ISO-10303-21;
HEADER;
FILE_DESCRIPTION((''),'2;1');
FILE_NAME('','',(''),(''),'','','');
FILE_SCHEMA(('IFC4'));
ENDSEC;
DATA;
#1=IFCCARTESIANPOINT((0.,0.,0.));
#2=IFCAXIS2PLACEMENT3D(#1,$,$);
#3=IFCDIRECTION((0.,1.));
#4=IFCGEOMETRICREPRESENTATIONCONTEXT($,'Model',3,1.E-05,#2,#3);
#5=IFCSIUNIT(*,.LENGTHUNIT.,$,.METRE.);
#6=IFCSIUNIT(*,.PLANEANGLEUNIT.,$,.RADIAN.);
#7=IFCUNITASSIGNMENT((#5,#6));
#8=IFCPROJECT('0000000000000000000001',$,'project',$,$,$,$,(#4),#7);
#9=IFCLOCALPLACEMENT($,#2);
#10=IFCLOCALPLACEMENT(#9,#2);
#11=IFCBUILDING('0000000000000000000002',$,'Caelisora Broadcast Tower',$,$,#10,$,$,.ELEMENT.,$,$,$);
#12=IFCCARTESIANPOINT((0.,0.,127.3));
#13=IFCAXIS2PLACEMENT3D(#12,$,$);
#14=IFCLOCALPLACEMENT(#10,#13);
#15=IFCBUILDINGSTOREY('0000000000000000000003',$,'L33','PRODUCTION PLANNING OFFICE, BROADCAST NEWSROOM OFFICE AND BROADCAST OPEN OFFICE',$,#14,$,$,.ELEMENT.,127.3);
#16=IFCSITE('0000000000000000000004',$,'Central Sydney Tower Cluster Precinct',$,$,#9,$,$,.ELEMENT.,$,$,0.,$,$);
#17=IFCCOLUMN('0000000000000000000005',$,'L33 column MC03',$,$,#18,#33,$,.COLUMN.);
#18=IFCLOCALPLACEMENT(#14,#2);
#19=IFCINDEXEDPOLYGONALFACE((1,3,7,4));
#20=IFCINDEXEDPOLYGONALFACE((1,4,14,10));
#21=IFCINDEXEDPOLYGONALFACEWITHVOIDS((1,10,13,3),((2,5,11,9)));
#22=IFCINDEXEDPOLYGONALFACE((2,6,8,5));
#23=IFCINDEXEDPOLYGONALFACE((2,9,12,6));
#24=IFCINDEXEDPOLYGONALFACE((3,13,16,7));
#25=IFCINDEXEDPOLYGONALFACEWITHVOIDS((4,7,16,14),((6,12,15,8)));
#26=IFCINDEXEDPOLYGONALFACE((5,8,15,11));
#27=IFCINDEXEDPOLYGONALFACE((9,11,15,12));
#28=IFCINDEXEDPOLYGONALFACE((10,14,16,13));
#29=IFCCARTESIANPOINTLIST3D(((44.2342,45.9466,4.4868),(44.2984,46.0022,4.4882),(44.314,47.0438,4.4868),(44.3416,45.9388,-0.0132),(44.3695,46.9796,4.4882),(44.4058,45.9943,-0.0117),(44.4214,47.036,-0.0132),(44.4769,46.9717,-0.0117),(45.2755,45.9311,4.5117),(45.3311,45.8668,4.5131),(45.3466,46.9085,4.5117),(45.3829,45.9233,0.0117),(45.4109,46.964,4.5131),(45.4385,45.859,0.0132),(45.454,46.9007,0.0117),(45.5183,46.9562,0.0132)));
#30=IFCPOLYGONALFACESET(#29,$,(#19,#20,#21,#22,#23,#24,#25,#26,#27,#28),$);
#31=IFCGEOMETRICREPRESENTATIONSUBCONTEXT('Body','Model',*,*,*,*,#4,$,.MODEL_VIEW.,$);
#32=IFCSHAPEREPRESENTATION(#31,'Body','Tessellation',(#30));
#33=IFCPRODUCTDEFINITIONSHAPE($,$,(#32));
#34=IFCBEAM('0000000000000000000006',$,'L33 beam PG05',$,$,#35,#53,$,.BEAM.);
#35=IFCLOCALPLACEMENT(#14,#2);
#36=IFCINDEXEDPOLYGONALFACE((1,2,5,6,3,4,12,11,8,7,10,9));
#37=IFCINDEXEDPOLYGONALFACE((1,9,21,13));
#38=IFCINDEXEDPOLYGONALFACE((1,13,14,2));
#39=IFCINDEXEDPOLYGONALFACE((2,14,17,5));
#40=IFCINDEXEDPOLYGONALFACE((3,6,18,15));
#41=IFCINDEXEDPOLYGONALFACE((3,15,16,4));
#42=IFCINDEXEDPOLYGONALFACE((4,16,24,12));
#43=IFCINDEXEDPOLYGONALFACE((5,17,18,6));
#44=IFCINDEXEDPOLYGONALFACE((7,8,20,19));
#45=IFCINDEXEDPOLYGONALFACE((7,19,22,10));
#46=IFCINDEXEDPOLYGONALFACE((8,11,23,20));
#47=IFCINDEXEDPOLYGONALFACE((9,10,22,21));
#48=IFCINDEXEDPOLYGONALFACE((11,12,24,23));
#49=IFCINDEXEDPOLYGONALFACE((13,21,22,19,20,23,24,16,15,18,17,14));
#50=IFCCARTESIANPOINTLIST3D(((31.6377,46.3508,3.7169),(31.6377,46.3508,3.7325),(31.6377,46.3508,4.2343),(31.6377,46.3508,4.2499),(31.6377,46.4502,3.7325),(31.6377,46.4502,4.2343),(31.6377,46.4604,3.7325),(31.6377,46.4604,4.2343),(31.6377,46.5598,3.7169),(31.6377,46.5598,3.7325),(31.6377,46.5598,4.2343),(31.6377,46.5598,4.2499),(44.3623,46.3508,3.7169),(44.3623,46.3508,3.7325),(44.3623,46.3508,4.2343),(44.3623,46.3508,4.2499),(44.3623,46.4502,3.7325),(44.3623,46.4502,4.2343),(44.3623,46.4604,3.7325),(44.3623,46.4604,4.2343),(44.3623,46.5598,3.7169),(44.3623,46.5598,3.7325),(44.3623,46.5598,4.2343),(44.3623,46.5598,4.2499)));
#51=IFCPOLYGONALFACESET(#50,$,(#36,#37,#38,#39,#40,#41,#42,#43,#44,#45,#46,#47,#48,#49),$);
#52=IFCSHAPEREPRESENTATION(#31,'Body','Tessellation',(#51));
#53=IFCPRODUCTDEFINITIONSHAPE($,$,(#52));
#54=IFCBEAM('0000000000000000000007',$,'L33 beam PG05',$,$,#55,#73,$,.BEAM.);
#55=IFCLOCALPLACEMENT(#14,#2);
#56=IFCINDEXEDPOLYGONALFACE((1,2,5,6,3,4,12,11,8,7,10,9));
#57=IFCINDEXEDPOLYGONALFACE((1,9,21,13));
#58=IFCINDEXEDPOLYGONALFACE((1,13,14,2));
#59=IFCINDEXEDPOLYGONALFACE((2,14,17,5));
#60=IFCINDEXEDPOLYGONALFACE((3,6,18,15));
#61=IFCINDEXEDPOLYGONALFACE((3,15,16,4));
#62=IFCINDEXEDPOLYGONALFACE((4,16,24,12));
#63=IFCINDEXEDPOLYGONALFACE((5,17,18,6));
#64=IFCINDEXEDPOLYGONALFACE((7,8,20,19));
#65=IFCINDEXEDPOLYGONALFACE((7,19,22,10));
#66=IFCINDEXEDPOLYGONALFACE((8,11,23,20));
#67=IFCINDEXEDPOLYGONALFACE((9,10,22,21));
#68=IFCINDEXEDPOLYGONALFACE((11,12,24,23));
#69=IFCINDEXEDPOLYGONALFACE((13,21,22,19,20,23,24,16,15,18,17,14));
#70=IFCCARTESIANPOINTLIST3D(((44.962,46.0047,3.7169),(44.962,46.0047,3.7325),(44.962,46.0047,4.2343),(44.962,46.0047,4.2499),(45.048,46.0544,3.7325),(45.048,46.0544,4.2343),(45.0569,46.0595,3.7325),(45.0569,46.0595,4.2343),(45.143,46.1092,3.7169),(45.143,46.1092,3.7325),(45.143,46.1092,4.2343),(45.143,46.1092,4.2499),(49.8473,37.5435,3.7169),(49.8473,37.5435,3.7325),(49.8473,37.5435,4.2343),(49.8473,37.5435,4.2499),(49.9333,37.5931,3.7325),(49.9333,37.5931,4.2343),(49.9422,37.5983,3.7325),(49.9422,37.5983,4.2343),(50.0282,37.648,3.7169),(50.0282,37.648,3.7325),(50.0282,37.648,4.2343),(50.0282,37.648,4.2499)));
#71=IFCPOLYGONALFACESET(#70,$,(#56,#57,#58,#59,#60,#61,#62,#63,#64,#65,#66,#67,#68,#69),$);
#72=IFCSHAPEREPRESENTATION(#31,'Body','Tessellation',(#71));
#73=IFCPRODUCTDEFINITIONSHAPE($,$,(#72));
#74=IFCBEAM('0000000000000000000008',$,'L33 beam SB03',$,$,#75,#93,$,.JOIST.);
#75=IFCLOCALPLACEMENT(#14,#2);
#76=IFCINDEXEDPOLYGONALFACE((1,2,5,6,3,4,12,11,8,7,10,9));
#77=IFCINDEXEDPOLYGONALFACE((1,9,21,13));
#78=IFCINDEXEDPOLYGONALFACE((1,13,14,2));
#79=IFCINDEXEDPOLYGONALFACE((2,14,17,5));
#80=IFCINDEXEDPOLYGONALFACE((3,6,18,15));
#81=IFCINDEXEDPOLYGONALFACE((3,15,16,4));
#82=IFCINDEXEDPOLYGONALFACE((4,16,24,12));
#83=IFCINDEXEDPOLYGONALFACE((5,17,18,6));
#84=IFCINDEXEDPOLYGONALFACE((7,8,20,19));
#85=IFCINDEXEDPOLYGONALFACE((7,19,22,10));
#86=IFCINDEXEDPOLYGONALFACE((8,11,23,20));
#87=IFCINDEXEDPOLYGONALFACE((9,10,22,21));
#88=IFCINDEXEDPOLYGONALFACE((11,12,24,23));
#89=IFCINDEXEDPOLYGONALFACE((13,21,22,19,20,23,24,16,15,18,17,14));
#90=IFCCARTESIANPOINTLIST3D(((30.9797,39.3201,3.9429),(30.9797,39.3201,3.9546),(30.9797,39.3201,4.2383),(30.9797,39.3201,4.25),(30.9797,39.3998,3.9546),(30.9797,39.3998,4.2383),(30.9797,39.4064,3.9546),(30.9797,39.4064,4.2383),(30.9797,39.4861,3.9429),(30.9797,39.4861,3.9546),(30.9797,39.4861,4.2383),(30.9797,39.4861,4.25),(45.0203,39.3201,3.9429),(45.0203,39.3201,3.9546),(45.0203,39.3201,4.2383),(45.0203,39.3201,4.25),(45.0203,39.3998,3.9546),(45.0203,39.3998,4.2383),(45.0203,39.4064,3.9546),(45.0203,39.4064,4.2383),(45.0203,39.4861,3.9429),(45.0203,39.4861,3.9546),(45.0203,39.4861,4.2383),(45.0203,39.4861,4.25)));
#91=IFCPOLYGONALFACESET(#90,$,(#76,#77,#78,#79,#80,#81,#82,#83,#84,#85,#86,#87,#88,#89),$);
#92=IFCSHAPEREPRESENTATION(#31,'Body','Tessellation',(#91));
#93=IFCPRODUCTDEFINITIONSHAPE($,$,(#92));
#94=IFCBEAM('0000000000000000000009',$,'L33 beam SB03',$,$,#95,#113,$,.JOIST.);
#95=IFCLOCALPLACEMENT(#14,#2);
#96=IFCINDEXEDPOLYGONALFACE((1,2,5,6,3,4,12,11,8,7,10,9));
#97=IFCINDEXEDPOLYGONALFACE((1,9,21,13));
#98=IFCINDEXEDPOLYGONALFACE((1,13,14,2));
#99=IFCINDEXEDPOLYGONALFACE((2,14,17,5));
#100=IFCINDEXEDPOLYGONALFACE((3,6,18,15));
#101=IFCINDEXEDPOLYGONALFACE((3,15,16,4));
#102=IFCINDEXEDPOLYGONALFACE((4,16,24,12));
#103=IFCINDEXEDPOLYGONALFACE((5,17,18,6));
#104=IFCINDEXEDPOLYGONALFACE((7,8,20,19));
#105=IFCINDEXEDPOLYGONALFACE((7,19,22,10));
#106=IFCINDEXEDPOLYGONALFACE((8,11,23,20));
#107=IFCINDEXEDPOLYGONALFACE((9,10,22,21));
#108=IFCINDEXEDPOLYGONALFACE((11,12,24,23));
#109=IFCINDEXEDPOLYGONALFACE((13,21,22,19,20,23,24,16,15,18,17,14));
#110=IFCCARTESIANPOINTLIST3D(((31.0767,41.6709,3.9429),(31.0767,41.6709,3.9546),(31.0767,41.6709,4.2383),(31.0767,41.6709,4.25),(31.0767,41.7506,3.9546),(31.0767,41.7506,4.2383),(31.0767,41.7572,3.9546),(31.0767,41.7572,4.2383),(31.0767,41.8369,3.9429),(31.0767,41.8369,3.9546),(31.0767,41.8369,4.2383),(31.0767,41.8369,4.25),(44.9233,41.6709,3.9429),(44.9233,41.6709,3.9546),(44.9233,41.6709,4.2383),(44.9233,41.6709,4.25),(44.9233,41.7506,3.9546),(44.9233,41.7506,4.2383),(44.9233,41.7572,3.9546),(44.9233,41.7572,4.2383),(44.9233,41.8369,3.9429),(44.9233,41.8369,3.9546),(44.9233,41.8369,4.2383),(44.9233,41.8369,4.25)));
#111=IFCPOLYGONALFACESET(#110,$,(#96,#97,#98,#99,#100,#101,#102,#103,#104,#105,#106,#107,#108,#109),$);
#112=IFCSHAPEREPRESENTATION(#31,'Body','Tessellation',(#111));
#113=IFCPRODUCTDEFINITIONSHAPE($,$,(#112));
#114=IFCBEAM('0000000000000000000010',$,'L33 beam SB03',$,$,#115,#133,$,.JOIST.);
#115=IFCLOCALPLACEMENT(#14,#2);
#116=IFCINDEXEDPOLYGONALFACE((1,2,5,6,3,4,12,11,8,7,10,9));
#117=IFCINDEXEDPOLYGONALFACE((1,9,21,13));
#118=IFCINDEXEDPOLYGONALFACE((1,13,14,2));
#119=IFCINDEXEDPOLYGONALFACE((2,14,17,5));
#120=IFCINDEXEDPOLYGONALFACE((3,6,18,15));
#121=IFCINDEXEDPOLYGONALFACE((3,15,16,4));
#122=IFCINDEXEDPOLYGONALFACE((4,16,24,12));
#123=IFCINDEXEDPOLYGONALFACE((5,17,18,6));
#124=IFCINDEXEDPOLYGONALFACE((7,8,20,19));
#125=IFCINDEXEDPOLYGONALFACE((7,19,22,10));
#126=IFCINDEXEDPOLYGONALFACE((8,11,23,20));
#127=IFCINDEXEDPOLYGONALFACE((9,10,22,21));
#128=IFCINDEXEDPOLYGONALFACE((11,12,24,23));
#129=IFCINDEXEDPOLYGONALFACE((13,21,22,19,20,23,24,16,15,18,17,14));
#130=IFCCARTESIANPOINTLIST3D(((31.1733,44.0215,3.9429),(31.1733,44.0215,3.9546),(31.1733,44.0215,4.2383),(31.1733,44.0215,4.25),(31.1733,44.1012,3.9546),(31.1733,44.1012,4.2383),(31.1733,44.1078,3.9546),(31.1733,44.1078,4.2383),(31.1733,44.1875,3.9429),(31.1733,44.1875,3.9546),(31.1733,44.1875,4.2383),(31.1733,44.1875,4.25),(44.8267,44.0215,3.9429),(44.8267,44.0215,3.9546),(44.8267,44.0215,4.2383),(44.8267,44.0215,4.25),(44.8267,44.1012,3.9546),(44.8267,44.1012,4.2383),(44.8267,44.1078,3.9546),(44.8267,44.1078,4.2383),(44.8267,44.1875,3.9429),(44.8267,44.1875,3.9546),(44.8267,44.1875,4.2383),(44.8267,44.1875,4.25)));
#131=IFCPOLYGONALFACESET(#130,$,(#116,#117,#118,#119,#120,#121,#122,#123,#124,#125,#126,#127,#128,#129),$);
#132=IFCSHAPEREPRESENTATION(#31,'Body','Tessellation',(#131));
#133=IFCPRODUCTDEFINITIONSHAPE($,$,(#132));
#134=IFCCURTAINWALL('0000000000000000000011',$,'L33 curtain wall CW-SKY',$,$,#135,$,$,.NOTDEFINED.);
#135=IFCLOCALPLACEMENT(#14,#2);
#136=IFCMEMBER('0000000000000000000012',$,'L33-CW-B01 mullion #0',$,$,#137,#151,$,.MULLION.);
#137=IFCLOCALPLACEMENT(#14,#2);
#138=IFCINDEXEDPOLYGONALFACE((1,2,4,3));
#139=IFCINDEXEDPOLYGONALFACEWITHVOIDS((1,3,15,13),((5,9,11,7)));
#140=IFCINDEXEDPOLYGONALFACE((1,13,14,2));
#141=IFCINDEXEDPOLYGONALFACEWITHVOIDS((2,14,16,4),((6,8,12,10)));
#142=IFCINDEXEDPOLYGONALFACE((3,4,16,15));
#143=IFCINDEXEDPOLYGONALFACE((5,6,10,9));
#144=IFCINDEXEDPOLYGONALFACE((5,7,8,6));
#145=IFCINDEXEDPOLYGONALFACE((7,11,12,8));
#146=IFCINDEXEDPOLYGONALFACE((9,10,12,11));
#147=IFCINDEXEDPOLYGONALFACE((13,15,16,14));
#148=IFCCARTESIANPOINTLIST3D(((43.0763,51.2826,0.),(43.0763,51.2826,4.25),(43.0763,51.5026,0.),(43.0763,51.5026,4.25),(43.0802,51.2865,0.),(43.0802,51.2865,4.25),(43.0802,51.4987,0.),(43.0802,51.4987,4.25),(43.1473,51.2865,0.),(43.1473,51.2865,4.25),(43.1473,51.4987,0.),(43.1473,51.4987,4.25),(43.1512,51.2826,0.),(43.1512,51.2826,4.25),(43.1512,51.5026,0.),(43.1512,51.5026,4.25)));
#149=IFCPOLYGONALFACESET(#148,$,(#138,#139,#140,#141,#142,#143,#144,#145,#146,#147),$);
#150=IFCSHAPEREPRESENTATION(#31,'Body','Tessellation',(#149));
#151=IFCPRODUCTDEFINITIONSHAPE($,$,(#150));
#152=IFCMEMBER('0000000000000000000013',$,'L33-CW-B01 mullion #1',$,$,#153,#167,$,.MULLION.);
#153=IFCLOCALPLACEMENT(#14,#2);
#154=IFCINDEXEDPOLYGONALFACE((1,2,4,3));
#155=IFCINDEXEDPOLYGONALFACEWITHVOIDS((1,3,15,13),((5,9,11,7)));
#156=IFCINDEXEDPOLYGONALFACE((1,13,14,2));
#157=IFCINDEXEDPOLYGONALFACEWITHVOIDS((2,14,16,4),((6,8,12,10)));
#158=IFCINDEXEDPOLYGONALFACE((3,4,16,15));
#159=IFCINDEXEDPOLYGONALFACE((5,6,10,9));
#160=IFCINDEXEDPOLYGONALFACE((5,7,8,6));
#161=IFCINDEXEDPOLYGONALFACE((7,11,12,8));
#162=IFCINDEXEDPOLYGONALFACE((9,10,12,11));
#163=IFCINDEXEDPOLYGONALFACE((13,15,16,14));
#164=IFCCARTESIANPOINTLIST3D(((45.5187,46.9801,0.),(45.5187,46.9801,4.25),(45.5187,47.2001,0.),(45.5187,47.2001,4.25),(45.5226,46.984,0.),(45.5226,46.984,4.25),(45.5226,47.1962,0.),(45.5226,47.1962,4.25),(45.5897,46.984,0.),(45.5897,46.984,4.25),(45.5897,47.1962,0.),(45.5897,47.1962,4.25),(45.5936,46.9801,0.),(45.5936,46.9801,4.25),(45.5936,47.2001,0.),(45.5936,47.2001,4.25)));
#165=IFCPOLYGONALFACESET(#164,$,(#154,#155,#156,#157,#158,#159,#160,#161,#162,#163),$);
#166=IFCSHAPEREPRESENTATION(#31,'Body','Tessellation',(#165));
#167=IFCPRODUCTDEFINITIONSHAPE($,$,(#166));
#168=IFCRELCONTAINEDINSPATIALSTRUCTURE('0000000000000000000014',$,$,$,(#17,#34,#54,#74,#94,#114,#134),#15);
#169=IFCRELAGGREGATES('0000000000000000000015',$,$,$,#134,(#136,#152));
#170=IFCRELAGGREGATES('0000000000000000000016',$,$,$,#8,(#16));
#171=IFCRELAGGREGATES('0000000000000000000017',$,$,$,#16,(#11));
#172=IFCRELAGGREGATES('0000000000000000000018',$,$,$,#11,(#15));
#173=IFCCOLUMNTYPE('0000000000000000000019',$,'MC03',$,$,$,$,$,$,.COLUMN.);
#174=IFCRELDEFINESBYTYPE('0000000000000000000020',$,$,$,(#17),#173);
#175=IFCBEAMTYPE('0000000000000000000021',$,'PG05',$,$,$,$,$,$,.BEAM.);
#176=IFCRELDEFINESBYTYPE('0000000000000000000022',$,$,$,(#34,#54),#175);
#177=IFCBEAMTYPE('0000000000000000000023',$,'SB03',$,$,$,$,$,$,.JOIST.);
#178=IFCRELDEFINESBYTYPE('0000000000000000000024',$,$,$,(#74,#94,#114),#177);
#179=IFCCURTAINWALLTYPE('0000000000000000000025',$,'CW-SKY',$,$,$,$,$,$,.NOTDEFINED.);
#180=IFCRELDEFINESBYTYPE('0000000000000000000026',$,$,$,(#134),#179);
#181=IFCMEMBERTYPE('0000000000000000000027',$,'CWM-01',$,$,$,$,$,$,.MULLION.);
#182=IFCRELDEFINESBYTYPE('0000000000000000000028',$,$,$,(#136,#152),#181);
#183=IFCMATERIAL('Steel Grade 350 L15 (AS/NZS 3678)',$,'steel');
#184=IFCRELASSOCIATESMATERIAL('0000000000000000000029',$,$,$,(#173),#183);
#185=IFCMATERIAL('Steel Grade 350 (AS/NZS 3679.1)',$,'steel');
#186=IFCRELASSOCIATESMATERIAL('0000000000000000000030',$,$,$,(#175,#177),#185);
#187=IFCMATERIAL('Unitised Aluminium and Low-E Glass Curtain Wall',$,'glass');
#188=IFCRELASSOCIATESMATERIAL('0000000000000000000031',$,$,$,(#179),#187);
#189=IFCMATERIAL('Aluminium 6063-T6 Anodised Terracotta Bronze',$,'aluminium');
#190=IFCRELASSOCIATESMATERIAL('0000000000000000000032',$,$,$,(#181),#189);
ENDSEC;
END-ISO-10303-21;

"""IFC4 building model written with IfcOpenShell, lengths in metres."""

from ifc_helpers import new_model, si_unit, direction, frame, origin, origin_2d, place, context, subcontext, project, spatial, hollow_rectangle, i_section, extrude, source, transform, mapped, material, material_profile, profile_set, type_object, type_shapes, element, aggregate, save


model = new_model("IFC4")

# Units and contexts
model_context = context("Model", 3, precision=1e-05, world=origin(), true_north=direction((0.0, 1.0)))
body_context = subcontext(model_context, "Body", "Model", "MODEL_VIEW")
ifc_project = project(units=[si_unit("LENGTHUNIT", "METRE"), si_unit("PLANEANGLEUNIT", "RADIAN")], contexts=[model_context])

# Site, building, storey
site_placement = place(None, origin())
site = spatial("IfcSite", under=ifc_project, at=site_placement, Name="Central Sydney Tower Cluster Precinct", CompositionType="ELEMENT", RefElevation=0.0)
building_placement = place(site_placement, origin())
building = spatial("IfcBuilding", under=site, at=building_placement, Name="Caelisora Broadcast Tower", CompositionType="ELEMENT")
storey_placement = place(building_placement, frame((0.0, 0.0, 127.3)))
storey = spatial("IfcBuildingStorey", under=building, at=storey_placement, Name="L33", Description="PRODUCTION PLANNING OFFICE, BROADCAST NEWSROOM OFFICE AND BROADCAST OPEN OFFICE", CompositionType="ELEMENT", Elevation=127.3)

# Column
ifc_material_1 = material(Name="Steel Grade 350 L15 (AS/NZS 3678)", Category="steel")
ifc_material_profile_1 = material_profile(ifc_material_1, hollow_rectangle(XDim=1.1001, YDim=1.1001, WallThickness=0.0601, at=origin_2d()), Name="Steel Grade 350 L15 (AS/NZS 3678)")
ifc_profile_set_1 = profile_set([ifc_material_profile_1], Name="Steel Grade 350 L15 (AS/NZS 3678)")
column_type = type_object("IfcColumnType", Name="MC03", PredefinedType="COLUMN", material=ifc_profile_set_1)
shared_shape_1 = source(origin(), body_context, "Body", "SweptSolid", [
    extrude(hollow_rectangle(XDim=1.1001, YDim=1.1001, WallThickness=0.0601, at=origin_2d()), origin(), (0.0, 0.0, 1.0), 4.5012),
])
type_shapes(column_type, [shared_shape_1])
column_placement = place(storey_placement, frame((44.9299, 46.4475, 0.0), z_axis=(-0.023865, 0.001736, 0.999714), x_axis=(-0.072536, -0.997366, 0.0)))
element("IfcColumn", 1, at=column_placement, inside=storey, type_object=column_type, Name="L33 column MC03", PredefinedType="COLUMN", context=body_context, shape_type="MappedRepresentation", body=[
    mapped(shared_shape_1, transform((0.0, 0.0, 0.0), scale=1.0)),
])

# Beams
ifc_material_2 = material(Name="Steel Grade 350 (AS/NZS 3679.1)", Category="steel")
ifc_material_profile_2 = material_profile(ifc_material_2, i_section(OverallWidth=0.209, OverallDepth=0.533, WebThickness=0.0103, FlangeThickness=0.0156, at=origin_2d()), Name="Steel Grade 350 (AS/NZS 3679.1)")
ifc_profile_set_2 = profile_set([ifc_material_profile_2], Name="Steel Grade 350 (AS/NZS 3679.1)")
beam_type_1 = type_object("IfcBeamType", Name="PG05", PredefinedType="BEAM", material=ifc_profile_set_2)
shared_shape_2 = source(origin(), body_context, "Body", "SweptSolid", [
    extrude(i_section(OverallWidth=0.209, OverallDepth=0.533, WebThickness=0.0103, FlangeThickness=0.0156, at=origin_2d()), origin(), (0.0, 0.0, 1.0), 12.7246),
])
beam_1_placement = place(storey_placement, frame((44.3623, 46.4553, 3.9834), z_axis=(-1.0, 0.0, 0.0), x_axis=(0.0, -1.0, 0.0)))
element("IfcBeam", 2, at=beam_1_placement, inside=storey, type_object=beam_type_1, Name="L33 beam PG05", PredefinedType="BEAM", context=body_context, shape_type="MappedRepresentation", body=[
    mapped(shared_shape_2, transform((0.0, 0.0, 0.0), scale=1.0)),
])
shared_shape_3 = source(origin(), body_context, "Body", "SweptSolid", [
    extrude(i_section(OverallWidth=0.209, OverallDepth=0.533, WebThickness=0.0103, FlangeThickness=0.0156, at=origin_2d()), origin(), (0.0, 0.0, 1.0), 9.7703),
])
type_shapes(beam_type_1, [shared_shape_2, shared_shape_3])
beam_2_placement = place(storey_placement, frame((49.9377, 37.5957, 3.9834), z_axis=(-0.500014, 0.866017, 0.0), x_axis=(-0.866017, -0.500014, 0.0)))
element("IfcBeam", 3, at=beam_2_placement, inside=storey, type_object=beam_type_1, Name="L33 beam PG05", PredefinedType="BEAM", context=body_context, shape_type="MappedRepresentation", body=[
    mapped(shared_shape_3, transform((0.0, 0.0, 0.0), scale=1.0)),
])
ifc_material_profile_3 = material_profile(ifc_material_2, i_section(OverallWidth=0.166, OverallDepth=0.3071, WebThickness=0.0066, FlangeThickness=0.0117, at=origin_2d()), Name="Steel Grade 350 (AS/NZS 3679.1)")
ifc_profile_set_3 = profile_set([ifc_material_profile_3], Name="Steel Grade 350 (AS/NZS 3679.1)")
beam_type_2 = type_object("IfcBeamType", Name="SB03", PredefinedType="JOIST", material=ifc_profile_set_3)
shared_shape_4 = source(origin(), body_context, "Body", "SweptSolid", [
    extrude(i_section(OverallWidth=0.166, OverallDepth=0.3071, WebThickness=0.0066, FlangeThickness=0.0117, at=origin_2d()), origin(), (0.0, 0.0, 1.0), 14.0405),
])
beam_3_placement = place(storey_placement, frame((45.0203, 39.4031, 4.0964), z_axis=(-1.0, 0.0, 0.0), x_axis=(0.0, -1.0, 0.0)))
element("IfcBeam", 4, at=beam_3_placement, inside=storey, type_object=beam_type_2, Name="L33 beam SB03", PredefinedType="JOIST", context=body_context, shape_type="MappedRepresentation", body=[
    mapped(shared_shape_4, transform((0.0, 0.0, 0.0), scale=1.0)),
])
shared_shape_5 = source(origin(), body_context, "Body", "SweptSolid", [
    extrude(i_section(OverallWidth=0.166, OverallDepth=0.3071, WebThickness=0.0066, FlangeThickness=0.0117, at=origin_2d()), origin(), (0.0, 0.0, 1.0), 13.8467),
])
beam_4_placement = place(storey_placement, frame((44.9233, 41.7539, 4.0964), z_axis=(-1.0, 0.0, 0.0), x_axis=(0.0, -1.0, 0.0)))
element("IfcBeam", 5, at=beam_4_placement, inside=storey, type_object=beam_type_2, Name="L33 beam SB03", PredefinedType="JOIST", context=body_context, shape_type="MappedRepresentation", body=[
    mapped(shared_shape_5, transform((0.0, 0.0, 0.0), scale=1.0)),
])
shared_shape_6 = source(origin(), body_context, "Body", "SweptSolid", [
    extrude(i_section(OverallWidth=0.166, OverallDepth=0.3071, WebThickness=0.0066, FlangeThickness=0.0117, at=origin_2d()), origin(), (0.0, 0.0, 1.0), 13.6533),
])
type_shapes(beam_type_2, [shared_shape_4, shared_shape_5, shared_shape_6])
beam_5_placement = place(storey_placement, frame((44.8267, 44.1045, 4.0964), z_axis=(-1.0, 0.0, 0.0), x_axis=(0.0, -1.0, 0.0)))
element("IfcBeam", 6, at=beam_5_placement, inside=storey, type_object=beam_type_2, Name="L33 beam SB03", PredefinedType="JOIST", context=body_context, shape_type="MappedRepresentation", body=[
    mapped(shared_shape_6, transform((0.0, 0.0, 0.0), scale=1.0)),
])

# Curtain wall, members
ifc_material_3 = material(Name="Unitised Aluminium and Low-E Glass Curtain Wall", Category="glass")
curtain_wall_type_1 = type_object("IfcCurtainWallType", Name="CW-SKY", PredefinedType="NOTDEFINED", material=ifc_material_3)
curtain_wall_1_placement = place(storey_placement, origin())
curtain_wall_1 = element("IfcCurtainWall", 7, at=curtain_wall_1_placement, inside=storey, type_object=curtain_wall_type_1, Name="L33 curtain wall CW-SKY", PredefinedType="NOTDEFINED")
ifc_material_4 = material(Name="Aluminium 6063-T6 Anodised Terracotta Bronze", Category="aluminium")
ifc_material_profile_4 = material_profile(ifc_material_4, hollow_rectangle(XDim=0.075, YDim=0.22, WallThickness=0.0039, at=origin_2d()), Name="Aluminium 6063-T6 Anodised Terracotta Bronze")
ifc_profile_set_4 = profile_set([ifc_material_profile_4], Name="Aluminium 6063-T6 Anodised Terracotta Bronze")
member_type_1 = type_object("IfcMemberType", Name="CWM-01", PredefinedType="MULLION", material=ifc_profile_set_4)
shared_shape_7 = source(origin(), body_context, "Body", "SweptSolid", [
    extrude(hollow_rectangle(XDim=0.075, YDim=0.22, WallThickness=0.0039, at=origin_2d()), origin(), (0.0, 0.0, 1.0), 4.25),
])
type_shapes(member_type_1, [shared_shape_7])
member_1_placement = place(storey_placement, frame((43.1138, 51.3926, 0.0), z_axis=(0.0, 0.0, 1.0), x_axis=(1.0, 0.0, 0.0)))
member_1 = element("IfcMember", 8, at=member_1_placement, type_object=member_type_1, Name="L33-CW-B01 mullion #0", PredefinedType="MULLION", context=body_context, shape_type="MappedRepresentation", body=[
    mapped(shared_shape_7, transform((0.0, 0.0, 0.0), scale=1.0)),
])
member_2_placement = place(storey_placement, frame((45.5562, 47.0901, 0.0), z_axis=(0.0, 0.0, 1.0), x_axis=(1.0, 0.0, 0.0)))
member_2 = element("IfcMember", 9, at=member_2_placement, type_object=member_type_1, Name="L33-CW-B01 mullion #1", PredefinedType="MULLION", context=body_context, shape_type="MappedRepresentation", body=[
    mapped(shared_shape_7, transform((0.0, 0.0, 0.0), scale=1.0)),
])

aggregate(curtain_wall_1, [member_1, member_2])

save(model, "model.ifc")
